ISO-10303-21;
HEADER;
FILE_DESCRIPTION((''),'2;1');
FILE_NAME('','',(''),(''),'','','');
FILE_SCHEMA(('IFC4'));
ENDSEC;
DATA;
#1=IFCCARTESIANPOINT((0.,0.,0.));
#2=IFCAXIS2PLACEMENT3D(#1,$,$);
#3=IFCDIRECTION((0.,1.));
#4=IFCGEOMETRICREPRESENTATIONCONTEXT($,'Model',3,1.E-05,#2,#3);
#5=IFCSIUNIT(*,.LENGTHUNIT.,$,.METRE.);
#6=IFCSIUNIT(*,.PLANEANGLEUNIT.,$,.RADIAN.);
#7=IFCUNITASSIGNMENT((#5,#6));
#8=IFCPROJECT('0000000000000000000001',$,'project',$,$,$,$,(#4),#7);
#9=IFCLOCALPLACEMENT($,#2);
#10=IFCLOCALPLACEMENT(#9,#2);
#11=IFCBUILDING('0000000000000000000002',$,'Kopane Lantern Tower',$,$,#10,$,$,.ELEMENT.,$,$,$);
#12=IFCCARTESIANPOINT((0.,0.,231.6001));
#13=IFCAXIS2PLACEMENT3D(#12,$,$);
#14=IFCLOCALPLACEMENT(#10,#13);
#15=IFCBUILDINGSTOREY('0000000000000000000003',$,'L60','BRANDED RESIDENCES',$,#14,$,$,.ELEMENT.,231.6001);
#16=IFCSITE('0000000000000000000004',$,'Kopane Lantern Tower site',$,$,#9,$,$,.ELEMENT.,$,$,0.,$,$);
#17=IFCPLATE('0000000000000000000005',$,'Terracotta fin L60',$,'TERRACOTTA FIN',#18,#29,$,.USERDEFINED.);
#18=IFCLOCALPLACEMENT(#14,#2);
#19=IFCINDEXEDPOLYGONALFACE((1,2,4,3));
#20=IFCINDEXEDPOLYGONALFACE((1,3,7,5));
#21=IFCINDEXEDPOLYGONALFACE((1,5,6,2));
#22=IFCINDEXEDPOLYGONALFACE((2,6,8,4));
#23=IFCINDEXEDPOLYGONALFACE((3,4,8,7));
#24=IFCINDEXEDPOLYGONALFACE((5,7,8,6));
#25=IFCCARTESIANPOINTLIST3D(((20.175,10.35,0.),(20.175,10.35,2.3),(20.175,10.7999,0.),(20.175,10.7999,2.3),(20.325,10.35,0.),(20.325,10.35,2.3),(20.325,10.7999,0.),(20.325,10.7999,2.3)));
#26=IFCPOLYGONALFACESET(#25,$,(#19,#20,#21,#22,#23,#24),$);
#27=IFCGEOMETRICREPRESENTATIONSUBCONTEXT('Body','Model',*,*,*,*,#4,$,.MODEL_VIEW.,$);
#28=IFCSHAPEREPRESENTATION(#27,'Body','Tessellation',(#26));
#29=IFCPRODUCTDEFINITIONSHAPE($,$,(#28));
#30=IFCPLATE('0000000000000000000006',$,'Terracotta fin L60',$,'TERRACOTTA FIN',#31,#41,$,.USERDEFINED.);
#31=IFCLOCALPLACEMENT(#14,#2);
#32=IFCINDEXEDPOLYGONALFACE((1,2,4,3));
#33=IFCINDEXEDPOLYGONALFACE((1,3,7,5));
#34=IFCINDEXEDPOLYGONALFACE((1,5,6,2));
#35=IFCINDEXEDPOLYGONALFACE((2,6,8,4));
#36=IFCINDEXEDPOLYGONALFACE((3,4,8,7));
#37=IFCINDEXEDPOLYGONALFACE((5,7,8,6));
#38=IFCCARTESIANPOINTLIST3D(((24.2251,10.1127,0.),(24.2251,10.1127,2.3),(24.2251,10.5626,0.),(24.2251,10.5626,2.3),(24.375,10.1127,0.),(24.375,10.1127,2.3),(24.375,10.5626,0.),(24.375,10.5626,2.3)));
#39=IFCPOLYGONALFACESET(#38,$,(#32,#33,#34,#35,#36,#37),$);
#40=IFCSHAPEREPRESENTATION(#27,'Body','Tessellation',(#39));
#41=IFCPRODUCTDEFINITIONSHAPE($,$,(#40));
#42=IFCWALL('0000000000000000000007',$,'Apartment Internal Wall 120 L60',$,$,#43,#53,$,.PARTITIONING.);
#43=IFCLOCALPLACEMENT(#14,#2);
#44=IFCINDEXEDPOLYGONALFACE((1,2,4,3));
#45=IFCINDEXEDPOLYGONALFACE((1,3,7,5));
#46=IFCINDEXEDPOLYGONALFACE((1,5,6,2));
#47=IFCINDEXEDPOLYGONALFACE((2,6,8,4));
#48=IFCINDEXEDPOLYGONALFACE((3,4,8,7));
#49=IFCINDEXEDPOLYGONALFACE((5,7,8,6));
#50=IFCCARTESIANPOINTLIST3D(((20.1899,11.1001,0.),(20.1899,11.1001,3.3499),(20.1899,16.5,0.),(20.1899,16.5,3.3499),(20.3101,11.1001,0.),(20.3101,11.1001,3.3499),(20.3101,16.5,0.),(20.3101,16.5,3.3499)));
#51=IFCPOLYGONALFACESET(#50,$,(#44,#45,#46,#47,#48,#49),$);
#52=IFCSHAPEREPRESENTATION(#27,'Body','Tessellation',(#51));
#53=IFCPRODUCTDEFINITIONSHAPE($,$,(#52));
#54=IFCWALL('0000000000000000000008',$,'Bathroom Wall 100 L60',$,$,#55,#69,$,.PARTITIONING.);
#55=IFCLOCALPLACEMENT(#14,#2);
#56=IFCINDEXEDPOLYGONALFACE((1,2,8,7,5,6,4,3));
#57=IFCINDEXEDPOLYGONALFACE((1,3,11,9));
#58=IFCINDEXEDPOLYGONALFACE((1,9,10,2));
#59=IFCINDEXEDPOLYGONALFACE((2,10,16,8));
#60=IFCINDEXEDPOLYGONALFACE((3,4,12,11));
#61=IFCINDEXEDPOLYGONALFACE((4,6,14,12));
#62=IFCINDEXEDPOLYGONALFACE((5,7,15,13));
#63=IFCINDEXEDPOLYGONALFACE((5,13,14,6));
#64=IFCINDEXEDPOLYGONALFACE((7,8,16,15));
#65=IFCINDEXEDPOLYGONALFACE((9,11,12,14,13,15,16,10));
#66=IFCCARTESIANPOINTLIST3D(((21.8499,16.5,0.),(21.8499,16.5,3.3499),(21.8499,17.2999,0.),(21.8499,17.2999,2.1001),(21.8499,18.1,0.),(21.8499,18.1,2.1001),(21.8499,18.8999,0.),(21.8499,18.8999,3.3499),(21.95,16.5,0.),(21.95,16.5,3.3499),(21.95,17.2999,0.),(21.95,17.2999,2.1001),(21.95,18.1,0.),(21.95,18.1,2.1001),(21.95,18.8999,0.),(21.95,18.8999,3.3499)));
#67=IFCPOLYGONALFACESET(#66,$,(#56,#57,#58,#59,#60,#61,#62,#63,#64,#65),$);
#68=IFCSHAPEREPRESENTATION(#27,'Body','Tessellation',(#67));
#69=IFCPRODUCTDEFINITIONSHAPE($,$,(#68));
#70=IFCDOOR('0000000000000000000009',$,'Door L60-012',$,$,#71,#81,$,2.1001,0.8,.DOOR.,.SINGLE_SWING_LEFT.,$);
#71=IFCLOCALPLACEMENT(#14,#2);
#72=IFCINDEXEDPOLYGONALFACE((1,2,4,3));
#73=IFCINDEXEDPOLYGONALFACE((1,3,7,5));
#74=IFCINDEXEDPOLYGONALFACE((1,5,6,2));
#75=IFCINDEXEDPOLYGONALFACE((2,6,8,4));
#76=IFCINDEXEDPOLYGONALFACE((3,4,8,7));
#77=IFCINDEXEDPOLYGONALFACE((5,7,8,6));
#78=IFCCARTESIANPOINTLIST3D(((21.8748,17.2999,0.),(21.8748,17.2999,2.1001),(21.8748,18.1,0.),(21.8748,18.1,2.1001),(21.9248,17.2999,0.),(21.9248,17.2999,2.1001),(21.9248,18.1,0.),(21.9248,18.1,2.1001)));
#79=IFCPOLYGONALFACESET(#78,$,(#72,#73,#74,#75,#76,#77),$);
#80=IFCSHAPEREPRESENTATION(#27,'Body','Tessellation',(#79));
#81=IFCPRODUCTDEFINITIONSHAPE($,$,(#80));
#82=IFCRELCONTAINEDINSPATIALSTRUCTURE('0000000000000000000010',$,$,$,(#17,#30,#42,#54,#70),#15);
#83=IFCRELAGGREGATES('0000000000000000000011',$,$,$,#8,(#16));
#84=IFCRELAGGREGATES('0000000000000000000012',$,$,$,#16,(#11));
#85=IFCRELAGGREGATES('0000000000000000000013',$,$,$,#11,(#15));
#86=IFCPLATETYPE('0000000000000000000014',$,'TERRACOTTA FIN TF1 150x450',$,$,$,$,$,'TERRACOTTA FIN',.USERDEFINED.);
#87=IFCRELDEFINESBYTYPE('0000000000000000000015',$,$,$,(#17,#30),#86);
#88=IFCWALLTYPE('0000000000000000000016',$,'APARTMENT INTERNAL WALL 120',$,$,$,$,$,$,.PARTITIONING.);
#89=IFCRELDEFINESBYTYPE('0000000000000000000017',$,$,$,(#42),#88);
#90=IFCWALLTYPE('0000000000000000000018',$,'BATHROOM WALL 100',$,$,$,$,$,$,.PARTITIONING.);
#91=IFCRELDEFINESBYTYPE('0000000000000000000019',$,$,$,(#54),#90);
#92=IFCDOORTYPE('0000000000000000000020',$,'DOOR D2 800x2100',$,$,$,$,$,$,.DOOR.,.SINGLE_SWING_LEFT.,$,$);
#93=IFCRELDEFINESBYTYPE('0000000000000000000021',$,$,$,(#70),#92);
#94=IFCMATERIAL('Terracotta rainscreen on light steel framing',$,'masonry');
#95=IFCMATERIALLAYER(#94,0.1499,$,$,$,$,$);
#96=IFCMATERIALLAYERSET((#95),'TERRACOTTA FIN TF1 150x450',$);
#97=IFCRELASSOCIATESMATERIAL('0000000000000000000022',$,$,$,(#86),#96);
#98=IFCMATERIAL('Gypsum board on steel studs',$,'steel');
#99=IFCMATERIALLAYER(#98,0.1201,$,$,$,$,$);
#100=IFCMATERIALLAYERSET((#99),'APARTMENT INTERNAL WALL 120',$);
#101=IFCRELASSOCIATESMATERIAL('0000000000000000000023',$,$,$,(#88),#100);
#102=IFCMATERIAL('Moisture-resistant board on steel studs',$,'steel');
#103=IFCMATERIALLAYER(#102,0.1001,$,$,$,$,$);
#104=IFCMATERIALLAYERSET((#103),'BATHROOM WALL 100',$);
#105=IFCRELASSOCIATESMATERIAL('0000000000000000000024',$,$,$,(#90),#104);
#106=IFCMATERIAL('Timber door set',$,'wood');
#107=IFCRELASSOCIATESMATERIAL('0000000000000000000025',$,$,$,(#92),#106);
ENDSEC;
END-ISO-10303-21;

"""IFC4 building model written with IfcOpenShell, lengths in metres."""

from ifc_helpers import new_model, si_unit, direction, frame, frame_2d, origin, origin_2d, place, context, subcontext, project, spatial, rectangle, extrude, material, layer, layer_set, type_object, element, fill, save


model = new_model("IFC4")

# Units and contexts
model_context = context("Model", 3, precision=1e-05, world=origin(), true_north=direction((0.0, 1.0)))
body_context = subcontext(model_context, "Body", "Model", "MODEL_VIEW")
ifc_project = project(units=[si_unit("LENGTHUNIT", "METRE"), si_unit("PLANEANGLEUNIT", "RADIAN")], contexts=[model_context])

# Site, building, storey
site_placement = place(None, origin())
site = spatial("IfcSite", under=ifc_project, at=site_placement, Name="Kopane Lantern Tower site", CompositionType="ELEMENT", RefElevation=0.0)
building_placement = place(site_placement, origin())
building = spatial("IfcBuilding", under=site, at=building_placement, Name="Kopane Lantern Tower", CompositionType="ELEMENT")
storey_placement = place(building_placement, frame((0.0, 0.0, 231.6001)))
storey = spatial("IfcBuildingStorey", under=building, at=storey_placement, Name="L60", Description="BRANDED RESIDENCES", CompositionType="ELEMENT", Elevation=231.6001)

# Plates
ifc_material_1 = material(Name="Terracotta rainscreen on light steel framing", Category="masonry")
ifc_layer_1 = layer(ifc_material_1, 0.1499)
ifc_layer_set_1 = layer_set([ifc_layer_1], Name="TERRACOTTA FIN TF1 150x450")
plate_type = type_object("IfcPlateType", Name="TERRACOTTA FIN TF1 150x450", ElementType="TERRACOTTA FIN", PredefinedType="USERDEFINED", material=ifc_layer_set_1)
for number, where, z_axis, x_axis, name in (
    (1, (20.25, 10.575, 0.0), (0.0, 0.0, 1.0), (1.0, 0.0, 0.0), "Terracotta fin L60"),
    (2, (24.3, 10.3376, 0.0), (0.0, 0.0, 1.0), (1.0, 0.0, 0.0), "Terracotta fin L60"),
):
    element("IfcPlate", number, at=place(storey_placement, frame(where, z_axis=z_axis, x_axis=x_axis)), inside=storey, type_object=plate_type, Name=name, ObjectType="TERRACOTTA FIN", PredefinedType="USERDEFINED", context=body_context, shape_type="SweptSolid", body=[
        extrude(rectangle(XDim=0.1499, YDim=0.45, at=origin_2d()), origin(), (0.0, 0.0, 1.0), 2.3),
    ])

# Wall
ifc_material_2 = material(Name="Gypsum board on steel studs", Category="steel")
ifc_layer_2 = layer(ifc_material_2, 0.1201)
ifc_layer_set_2 = layer_set([ifc_layer_2], Name="APARTMENT INTERNAL WALL 120")
wall_type_1 = type_object("IfcWallType", Name="APARTMENT INTERNAL WALL 120", PredefinedType="PARTITIONING", material=ifc_layer_set_2)
wall_1_placement = place(storey_placement, frame((20.25, 16.5, 0.0), z_axis=(0.0, 0.0, 1.0), x_axis=(0.0, -1.0, 0.0)))
element("IfcWall", 3, at=wall_1_placement, inside=storey, type_object=wall_type_1, Name="Apartment Internal Wall 120 L60", PredefinedType="PARTITIONING", context=body_context, shape_type="SweptSolid", body=[
    extrude(rectangle(XDim=5.3999, YDim=0.1201, at=frame_2d((2.7, 0.0))), origin(), (0.0, 0.0, 1.0), 3.3499),
])

# Wall, opening, door
ifc_material_3 = material(Name="Moisture-resistant board on steel studs", Category="steel")
ifc_layer_3 = layer(ifc_material_3, 0.1001)
ifc_layer_set_3 = layer_set([ifc_layer_3], Name="BATHROOM WALL 100")
wall_type_2 = type_object("IfcWallType", Name="BATHROOM WALL 100", PredefinedType="PARTITIONING", material=ifc_layer_set_3)
wall_2_placement = place(storey_placement, frame((21.8999, 18.8999, 0.0), z_axis=(0.0, 0.0, 1.0), x_axis=(0.0, -1.0, 0.0)))
wall_2 = element("IfcWall", 4, at=wall_2_placement, inside=storey, type_object=wall_type_2, Name="Bathroom Wall 100 L60", PredefinedType="PARTITIONING", context=body_context, shape_type="SweptSolid", body=[
    extrude(rectangle(XDim=2.3999, YDim=0.1001, at=frame_2d((1.2, 0.0))), origin(), (0.0, 0.0, 1.0), 3.3499),
])
opening_placement = place(wall_2_placement, frame((0.8, 0.0, 0.0)))
opening = element("IfcOpeningElement", 5, at=opening_placement, cuts=wall_2, PredefinedType="OPENING", context=body_context, shape_type="SweptSolid", body=[
    extrude(rectangle(XDim=0.8, YDim=2.1001, at=frame_2d((0.3999, 1.05))), frame((0.0, 0.0601, 0.0), z_axis=(0.0, -1.0, 0.0), x_axis=(1.0, 0.0, 0.0)), (0.0, 0.0, 1.0), 0.1201),
])
ifc_material_4 = material(Name="Timber door set", Category="wood")
door_type = type_object("IfcDoorType", Name="DOOR D2 800x2100", OperationType="SINGLE_SWING_LEFT", PredefinedType="DOOR", material=ifc_material_4)
door_placement = place(opening_placement, origin())
door = element("IfcDoor", 6, at=door_placement, inside=storey, type_object=door_type, Name="Door L60-012", OperationType="SINGLE_SWING_LEFT", OverallHeight=2.1001, OverallWidth=0.8, PredefinedType="DOOR", context=body_context, shape_type="SweptSolid", body=[
    extrude(rectangle(XDim=0.8, YDim=2.1001, at=frame_2d((0.3999, 1.05))), frame((0.0, 0.0249, 0.0), z_axis=(0.0, -1.0, 0.0), x_axis=(1.0, 0.0, 0.0)), (0.0, 0.0, 1.0), 0.05),
])
fill(opening, door)

save(model, "model.ifc")
